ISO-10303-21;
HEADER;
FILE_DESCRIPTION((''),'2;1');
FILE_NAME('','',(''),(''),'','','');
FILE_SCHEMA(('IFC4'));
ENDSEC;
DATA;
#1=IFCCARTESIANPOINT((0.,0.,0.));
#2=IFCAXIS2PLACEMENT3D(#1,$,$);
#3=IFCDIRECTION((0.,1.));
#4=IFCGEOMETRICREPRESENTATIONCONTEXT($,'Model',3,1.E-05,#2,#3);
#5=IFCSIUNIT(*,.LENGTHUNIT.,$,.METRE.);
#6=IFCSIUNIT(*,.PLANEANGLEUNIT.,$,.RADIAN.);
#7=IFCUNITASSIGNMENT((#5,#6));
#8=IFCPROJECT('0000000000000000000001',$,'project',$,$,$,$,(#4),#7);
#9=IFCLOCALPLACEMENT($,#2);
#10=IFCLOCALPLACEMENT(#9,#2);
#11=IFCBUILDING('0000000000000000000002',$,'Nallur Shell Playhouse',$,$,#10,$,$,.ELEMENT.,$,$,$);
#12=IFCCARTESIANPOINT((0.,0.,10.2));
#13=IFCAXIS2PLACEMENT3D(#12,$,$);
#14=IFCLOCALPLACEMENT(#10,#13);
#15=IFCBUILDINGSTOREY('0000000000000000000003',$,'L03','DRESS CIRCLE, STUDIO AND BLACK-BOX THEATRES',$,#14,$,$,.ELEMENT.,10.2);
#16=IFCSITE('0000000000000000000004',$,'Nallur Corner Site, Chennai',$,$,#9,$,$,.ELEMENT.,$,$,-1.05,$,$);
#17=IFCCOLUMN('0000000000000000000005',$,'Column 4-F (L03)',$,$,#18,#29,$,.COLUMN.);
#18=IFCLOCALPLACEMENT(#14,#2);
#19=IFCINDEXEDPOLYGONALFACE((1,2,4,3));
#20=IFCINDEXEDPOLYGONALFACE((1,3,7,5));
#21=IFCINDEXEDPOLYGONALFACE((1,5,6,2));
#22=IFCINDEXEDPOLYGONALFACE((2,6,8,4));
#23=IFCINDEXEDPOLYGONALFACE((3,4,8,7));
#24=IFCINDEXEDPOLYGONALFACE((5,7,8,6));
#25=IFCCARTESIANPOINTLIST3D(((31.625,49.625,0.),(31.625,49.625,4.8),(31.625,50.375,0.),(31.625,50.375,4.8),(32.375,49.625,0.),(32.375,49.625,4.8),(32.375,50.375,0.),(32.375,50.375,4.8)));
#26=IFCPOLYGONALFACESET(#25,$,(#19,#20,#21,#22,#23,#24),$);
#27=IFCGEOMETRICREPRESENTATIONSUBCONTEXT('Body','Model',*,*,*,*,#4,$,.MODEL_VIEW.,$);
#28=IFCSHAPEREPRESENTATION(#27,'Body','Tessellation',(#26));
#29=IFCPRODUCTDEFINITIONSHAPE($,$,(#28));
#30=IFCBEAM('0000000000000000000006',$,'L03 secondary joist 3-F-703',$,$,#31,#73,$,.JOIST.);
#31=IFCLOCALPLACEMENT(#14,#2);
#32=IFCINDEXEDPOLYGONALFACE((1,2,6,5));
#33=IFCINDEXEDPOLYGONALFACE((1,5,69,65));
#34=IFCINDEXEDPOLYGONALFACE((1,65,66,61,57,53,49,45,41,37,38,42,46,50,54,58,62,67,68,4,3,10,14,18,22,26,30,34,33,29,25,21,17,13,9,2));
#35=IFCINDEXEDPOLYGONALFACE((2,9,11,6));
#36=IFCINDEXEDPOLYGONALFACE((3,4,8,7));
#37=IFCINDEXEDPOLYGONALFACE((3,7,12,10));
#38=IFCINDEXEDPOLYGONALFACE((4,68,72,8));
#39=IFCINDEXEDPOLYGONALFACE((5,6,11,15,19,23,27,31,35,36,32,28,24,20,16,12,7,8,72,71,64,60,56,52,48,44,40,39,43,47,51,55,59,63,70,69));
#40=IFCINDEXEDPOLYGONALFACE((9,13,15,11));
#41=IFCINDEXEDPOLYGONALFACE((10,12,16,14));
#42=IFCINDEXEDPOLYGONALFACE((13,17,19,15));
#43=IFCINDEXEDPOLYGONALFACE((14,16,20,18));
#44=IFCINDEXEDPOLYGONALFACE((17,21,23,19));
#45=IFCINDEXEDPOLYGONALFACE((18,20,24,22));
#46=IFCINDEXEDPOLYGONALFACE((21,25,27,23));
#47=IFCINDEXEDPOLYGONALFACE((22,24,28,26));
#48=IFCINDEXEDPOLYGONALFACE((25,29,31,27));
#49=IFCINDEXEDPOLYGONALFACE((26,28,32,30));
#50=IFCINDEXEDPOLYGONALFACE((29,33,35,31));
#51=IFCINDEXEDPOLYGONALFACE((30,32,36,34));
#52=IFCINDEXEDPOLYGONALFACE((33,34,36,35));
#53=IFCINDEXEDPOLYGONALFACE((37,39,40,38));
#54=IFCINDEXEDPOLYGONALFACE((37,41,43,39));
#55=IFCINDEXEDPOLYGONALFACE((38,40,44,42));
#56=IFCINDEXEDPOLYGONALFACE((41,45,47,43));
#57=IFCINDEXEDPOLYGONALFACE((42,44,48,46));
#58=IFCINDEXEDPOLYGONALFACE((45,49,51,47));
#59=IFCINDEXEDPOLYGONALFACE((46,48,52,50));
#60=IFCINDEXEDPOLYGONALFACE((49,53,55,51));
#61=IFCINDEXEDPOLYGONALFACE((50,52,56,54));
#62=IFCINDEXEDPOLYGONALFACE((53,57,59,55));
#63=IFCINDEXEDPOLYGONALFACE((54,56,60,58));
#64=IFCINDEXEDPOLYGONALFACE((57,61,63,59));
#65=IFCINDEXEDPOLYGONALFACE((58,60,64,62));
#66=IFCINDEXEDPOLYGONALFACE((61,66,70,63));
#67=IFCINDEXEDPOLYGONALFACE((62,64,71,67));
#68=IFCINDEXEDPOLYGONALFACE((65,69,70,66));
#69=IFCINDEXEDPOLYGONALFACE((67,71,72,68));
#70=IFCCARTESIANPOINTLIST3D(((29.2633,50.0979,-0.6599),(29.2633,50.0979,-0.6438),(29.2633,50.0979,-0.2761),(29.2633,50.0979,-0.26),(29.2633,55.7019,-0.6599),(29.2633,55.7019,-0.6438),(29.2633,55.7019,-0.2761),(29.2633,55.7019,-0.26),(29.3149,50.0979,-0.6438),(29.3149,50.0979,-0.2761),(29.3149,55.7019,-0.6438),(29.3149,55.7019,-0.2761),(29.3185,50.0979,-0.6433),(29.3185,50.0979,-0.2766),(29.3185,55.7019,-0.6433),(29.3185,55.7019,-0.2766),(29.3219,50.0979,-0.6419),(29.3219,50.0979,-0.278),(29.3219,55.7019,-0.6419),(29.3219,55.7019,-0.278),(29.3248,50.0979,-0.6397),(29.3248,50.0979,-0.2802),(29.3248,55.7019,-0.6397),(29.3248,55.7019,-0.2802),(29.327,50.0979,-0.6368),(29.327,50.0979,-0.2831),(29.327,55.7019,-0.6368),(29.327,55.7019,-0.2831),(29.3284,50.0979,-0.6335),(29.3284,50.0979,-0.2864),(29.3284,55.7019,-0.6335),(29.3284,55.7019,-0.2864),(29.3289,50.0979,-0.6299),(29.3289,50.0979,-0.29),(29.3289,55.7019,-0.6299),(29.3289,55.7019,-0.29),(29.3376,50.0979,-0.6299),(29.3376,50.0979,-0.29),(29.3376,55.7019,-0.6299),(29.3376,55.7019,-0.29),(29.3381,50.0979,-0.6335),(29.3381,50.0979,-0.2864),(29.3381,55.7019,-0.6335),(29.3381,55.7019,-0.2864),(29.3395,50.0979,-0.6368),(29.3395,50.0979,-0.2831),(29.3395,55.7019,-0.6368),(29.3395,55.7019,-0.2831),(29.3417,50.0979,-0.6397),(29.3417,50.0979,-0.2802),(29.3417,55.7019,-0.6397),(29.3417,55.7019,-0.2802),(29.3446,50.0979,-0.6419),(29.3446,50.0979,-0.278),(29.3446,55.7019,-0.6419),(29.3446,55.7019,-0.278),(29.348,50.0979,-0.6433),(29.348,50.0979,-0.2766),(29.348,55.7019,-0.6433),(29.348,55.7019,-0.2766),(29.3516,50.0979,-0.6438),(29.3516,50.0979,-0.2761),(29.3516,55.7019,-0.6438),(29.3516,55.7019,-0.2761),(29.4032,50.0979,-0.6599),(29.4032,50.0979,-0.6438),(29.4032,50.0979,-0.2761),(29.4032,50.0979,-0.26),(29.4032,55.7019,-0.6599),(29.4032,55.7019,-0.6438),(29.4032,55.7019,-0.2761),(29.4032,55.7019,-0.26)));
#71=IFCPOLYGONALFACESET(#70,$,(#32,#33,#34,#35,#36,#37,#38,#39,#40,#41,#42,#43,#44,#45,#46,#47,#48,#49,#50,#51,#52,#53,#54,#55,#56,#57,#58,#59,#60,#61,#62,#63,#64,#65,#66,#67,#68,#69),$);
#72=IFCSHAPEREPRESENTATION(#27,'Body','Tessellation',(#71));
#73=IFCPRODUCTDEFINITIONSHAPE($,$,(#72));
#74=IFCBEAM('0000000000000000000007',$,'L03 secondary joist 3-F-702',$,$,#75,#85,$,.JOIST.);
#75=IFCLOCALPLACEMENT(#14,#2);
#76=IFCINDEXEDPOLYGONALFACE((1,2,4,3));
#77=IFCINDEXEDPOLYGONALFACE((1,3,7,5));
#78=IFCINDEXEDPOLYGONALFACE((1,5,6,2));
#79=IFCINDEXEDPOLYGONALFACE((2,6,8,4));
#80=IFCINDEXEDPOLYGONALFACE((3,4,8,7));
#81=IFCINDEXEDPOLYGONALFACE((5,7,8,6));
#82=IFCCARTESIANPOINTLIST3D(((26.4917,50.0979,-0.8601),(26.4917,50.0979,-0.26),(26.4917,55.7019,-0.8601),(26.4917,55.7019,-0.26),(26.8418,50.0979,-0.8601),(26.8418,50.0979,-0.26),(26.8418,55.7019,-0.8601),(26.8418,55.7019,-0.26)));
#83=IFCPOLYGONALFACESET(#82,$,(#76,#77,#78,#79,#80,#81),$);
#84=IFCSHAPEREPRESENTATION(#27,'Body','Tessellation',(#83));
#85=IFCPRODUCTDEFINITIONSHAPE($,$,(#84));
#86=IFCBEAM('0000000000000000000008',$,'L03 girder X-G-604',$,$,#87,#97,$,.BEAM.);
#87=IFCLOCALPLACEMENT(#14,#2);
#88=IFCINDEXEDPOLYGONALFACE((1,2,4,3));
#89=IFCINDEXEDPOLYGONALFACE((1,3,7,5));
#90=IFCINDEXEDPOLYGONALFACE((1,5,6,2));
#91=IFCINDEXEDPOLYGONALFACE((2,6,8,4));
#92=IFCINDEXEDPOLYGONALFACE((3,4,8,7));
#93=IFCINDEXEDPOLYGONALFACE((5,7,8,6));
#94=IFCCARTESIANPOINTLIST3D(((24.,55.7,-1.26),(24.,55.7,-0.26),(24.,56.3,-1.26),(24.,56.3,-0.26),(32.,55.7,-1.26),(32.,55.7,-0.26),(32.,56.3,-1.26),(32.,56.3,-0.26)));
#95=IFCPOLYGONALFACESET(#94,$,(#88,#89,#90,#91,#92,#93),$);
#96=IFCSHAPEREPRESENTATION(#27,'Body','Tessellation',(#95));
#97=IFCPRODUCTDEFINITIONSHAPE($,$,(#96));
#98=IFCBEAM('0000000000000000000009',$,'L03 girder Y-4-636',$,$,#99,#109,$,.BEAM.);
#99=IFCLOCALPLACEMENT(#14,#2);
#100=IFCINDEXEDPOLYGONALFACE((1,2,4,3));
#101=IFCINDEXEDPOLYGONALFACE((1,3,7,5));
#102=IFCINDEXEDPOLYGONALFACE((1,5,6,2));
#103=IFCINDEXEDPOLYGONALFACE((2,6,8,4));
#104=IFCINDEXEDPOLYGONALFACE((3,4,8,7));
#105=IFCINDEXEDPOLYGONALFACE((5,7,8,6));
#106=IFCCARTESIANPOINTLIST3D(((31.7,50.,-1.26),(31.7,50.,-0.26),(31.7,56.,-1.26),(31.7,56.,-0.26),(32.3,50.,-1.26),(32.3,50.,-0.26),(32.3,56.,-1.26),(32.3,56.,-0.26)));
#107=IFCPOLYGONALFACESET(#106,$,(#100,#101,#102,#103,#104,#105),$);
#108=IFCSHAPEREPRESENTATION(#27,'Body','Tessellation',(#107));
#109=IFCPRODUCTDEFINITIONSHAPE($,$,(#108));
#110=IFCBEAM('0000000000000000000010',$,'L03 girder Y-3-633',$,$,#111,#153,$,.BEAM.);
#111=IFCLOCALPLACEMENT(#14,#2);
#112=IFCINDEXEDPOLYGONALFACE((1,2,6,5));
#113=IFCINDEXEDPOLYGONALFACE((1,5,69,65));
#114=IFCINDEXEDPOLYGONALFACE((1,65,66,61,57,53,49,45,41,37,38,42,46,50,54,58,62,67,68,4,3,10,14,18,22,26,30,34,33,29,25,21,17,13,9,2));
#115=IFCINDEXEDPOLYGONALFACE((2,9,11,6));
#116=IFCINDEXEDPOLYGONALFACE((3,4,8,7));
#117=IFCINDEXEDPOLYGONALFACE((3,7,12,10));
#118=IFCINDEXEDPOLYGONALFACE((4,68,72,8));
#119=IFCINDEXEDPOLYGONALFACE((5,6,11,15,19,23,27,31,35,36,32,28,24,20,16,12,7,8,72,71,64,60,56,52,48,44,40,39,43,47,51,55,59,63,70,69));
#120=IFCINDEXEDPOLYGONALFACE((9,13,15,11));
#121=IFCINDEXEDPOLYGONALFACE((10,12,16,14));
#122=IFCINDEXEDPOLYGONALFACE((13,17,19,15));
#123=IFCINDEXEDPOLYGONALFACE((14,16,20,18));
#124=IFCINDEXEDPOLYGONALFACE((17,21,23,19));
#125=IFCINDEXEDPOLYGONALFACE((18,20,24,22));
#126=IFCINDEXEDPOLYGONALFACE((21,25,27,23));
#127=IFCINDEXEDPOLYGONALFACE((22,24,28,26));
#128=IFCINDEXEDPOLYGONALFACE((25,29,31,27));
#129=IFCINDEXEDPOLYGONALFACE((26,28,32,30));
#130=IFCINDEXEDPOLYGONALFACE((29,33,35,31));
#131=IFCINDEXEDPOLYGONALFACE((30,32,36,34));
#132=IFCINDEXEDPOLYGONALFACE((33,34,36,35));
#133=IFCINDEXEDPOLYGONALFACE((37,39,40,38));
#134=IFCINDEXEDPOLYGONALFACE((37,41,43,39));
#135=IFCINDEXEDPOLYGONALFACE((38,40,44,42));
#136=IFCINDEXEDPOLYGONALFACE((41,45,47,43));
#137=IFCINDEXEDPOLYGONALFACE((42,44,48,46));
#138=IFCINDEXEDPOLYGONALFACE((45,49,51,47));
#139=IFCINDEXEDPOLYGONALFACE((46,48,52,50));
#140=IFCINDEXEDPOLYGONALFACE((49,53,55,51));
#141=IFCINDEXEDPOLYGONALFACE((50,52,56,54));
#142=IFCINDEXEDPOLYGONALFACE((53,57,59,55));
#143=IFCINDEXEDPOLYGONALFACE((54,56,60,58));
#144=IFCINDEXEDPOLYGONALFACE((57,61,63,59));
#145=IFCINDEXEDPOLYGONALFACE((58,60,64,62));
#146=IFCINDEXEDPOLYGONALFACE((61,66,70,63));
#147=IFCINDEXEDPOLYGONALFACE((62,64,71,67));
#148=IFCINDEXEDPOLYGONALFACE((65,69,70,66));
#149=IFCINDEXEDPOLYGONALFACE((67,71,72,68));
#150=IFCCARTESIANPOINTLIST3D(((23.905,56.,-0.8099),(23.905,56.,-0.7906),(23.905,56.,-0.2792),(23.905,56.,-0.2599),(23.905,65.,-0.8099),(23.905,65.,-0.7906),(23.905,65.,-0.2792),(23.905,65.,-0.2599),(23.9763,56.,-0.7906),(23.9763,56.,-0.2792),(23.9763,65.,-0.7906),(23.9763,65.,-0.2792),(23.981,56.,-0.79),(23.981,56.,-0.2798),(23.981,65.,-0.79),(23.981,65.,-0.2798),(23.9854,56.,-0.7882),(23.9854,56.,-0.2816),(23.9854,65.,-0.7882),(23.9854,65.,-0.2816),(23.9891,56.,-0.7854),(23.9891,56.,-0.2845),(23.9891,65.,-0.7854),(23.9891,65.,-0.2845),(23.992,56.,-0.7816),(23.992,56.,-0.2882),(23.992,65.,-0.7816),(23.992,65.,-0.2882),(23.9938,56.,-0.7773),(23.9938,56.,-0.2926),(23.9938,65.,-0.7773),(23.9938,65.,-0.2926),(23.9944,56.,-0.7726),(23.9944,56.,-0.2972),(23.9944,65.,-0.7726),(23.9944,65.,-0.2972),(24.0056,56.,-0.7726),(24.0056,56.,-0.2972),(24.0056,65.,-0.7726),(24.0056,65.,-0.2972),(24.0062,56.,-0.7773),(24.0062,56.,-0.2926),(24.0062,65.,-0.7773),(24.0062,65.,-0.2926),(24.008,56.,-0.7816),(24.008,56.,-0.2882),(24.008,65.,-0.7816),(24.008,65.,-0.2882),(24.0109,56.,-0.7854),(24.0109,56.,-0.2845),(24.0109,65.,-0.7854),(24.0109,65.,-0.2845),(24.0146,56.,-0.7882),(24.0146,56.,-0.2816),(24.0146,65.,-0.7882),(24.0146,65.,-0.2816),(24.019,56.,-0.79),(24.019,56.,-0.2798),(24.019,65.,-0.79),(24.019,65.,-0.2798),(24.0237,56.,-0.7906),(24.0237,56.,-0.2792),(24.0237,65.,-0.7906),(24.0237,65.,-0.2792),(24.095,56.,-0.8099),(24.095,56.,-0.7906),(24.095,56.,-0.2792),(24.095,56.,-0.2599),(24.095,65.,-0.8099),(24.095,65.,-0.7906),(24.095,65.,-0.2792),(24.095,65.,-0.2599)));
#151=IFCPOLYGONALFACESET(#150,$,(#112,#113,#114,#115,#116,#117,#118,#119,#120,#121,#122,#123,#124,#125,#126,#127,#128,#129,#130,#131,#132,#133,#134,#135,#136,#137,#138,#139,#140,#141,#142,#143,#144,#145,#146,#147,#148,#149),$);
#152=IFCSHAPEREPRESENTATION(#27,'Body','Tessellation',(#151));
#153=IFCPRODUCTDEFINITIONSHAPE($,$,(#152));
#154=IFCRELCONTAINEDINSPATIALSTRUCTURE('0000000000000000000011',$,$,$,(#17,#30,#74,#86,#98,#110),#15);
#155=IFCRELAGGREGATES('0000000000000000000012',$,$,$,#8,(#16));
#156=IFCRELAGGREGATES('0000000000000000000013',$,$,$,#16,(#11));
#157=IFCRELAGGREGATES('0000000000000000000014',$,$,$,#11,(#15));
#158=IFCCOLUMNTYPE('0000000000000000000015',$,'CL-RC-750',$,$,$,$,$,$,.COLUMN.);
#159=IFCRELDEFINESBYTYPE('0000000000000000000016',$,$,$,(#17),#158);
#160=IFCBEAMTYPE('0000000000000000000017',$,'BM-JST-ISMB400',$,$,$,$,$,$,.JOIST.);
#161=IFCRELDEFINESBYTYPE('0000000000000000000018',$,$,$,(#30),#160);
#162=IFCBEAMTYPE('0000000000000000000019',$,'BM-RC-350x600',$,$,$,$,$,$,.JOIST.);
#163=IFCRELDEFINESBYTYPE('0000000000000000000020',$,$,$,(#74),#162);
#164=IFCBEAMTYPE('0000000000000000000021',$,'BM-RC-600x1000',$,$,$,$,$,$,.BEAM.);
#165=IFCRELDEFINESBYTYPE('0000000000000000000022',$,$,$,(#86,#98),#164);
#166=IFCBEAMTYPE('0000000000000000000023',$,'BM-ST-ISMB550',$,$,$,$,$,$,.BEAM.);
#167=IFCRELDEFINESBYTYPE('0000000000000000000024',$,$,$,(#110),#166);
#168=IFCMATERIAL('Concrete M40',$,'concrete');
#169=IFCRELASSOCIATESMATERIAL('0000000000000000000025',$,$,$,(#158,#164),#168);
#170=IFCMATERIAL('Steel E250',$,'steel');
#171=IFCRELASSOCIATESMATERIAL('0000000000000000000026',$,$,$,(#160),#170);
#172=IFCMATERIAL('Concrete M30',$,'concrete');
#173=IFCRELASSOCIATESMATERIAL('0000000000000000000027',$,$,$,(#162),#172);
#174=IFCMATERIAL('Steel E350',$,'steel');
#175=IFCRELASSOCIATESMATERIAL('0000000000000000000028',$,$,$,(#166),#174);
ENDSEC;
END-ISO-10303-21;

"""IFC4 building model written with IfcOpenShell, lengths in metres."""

from ifc_helpers import new_model, si_unit, direction, frame, origin, origin_2d, place, context, subcontext, project, spatial, rectangle, i_section, extrude, material, material_profile, profile_set, type_object, element, save


model = new_model("IFC4")

# Units and contexts
model_context = context("Model", 3, precision=1e-05, world=origin(), true_north=direction((0.0, 1.0)))
body_context = subcontext(model_context, "Body", "Model", "MODEL_VIEW")
ifc_project = project(units=[si_unit("LENGTHUNIT", "METRE"), si_unit("PLANEANGLEUNIT", "RADIAN")], contexts=[model_context])

# Site, building, storey
site_placement = place(None, origin())
site = spatial("IfcSite", under=ifc_project, at=site_placement, Name="Nallur Corner Site, Chennai", CompositionType="ELEMENT", RefElevation=-1.05)
building_placement = place(site_placement, origin())
building = spatial("IfcBuilding", under=site, at=building_placement, Name="Nallur Shell Playhouse", CompositionType="ELEMENT")
storey_placement = place(building_placement, frame((0.0, 0.0, 10.2)))
storey = spatial("IfcBuildingStorey", under=building, at=storey_placement, Name="L03", Description="DRESS CIRCLE, STUDIO AND BLACK-BOX THEATRES", CompositionType="ELEMENT", Elevation=10.2)

# Column
ifc_material_1 = material(Name="Concrete M40", Category="concrete")
ifc_material_profile_1 = material_profile(ifc_material_1, rectangle(XDim=0.75, YDim=0.75, at=origin_2d()), Name="RC 750x750")
ifc_profile_set_1 = profile_set([ifc_material_profile_1], Name="Concrete M40")
column_type = type_object("IfcColumnType", Name="CL-RC-750", PredefinedType="COLUMN", material=ifc_profile_set_1)
column_placement = place(storey_placement, frame((32.0, 50.0, 0.0), z_axis=(0.0, 0.0, 1.0), x_axis=(1.0, 0.0, 0.0)))
element("IfcColumn", 1, at=column_placement, inside=storey, type_object=column_type, Name="Column 4-F (L03)", PredefinedType="COLUMN", context=body_context, shape_type="SweptSolid", body=[
    extrude(rectangle(XDim=0.75, YDim=0.75, at=origin_2d()), origin(), (0.0, 0.0, 1.0), 4.8),
])

# Beams
ifc_material_2 = material(Name="Steel E250", Category="steel")
ifc_material_profile_2 = material_profile(ifc_material_2, i_section(OverallWidth=0.1399, OverallDepth=0.3999, WebThickness=0.0088, FlangeThickness=0.0161, FilletRadius=0.0139, at=origin_2d()), Name="ISMB 400")
ifc_profile_set_2 = profile_set([ifc_material_profile_2], Name="Steel E250")
beam_type_1 = type_object("IfcBeamType", Name="BM-JST-ISMB400", PredefinedType="JOIST", material=ifc_profile_set_2)
beam_1_placement = place(storey_placement, frame((29.3333, 50.0979, -0.46), z_axis=(0.0, 1.0, 0.0), x_axis=(-1.0, 0.0, 0.0)))
element("IfcBeam", 2, at=beam_1_placement, inside=storey, type_object=beam_type_1, Name="L03 secondary joist 3-F-703", PredefinedType="JOIST", context=body_context, shape_type="SweptSolid", body=[
    extrude(i_section(OverallWidth=0.1399, OverallDepth=0.3999, WebThickness=0.0088, FlangeThickness=0.0161, FilletRadius=0.0139, at=origin_2d()), origin(), (0.0, 0.0, 1.0), 5.604),
])
ifc_material_3 = material(Name="Concrete M30", Category="concrete")
ifc_material_profile_3 = material_profile(ifc_material_3, rectangle(XDim=0.3501, YDim=0.6001, at=origin_2d()), Name="RC 350x600")
ifc_profile_set_3 = profile_set([ifc_material_profile_3], Name="Concrete M30")
beam_type_2 = type_object("IfcBeamType", Name="BM-RC-350x600", PredefinedType="JOIST", material=ifc_profile_set_3)
beam_2_placement = place(storey_placement, frame((26.6667, 50.0979, -0.5601), z_axis=(0.0, 1.0, 0.0), x_axis=(-1.0, 0.0, 0.0)))
element("IfcBeam", 3, at=beam_2_placement, inside=storey, type_object=beam_type_2, Name="L03 secondary joist 3-F-702", PredefinedType="JOIST", context=body_context, shape_type="SweptSolid", body=[
    extrude(rectangle(XDim=0.3501, YDim=0.6001, at=origin_2d()), origin(), (0.0, 0.0, 1.0), 5.604),
])
ifc_material_profile_4 = material_profile(ifc_material_1, rectangle(XDim=0.6001, YDim=1.0, at=origin_2d()), Name="RC 600x1000")
ifc_profile_set_4 = profile_set([ifc_material_profile_4], Name="Concrete M40")
beam_type_3 = type_object("IfcBeamType", Name="BM-RC-600x1000", PredefinedType="BEAM", material=ifc_profile_set_4)
beam_3_placement = place(storey_placement, frame((24.0, 56.0, -0.76), z_axis=(1.0, 0.0, 0.0), x_axis=(0.0, 1.0, 0.0)))
element("IfcBeam", 4, at=beam_3_placement, inside=storey, type_object=beam_type_3, Name="L03 girder X-G-604", PredefinedType="BEAM", context=body_context, shape_type="SweptSolid", body=[
    extrude(rectangle(XDim=0.6001, YDim=1.0, at=origin_2d()), origin(), (0.0, 0.0, 1.0), 8.0),
])
beam_4_placement = place(storey_placement, frame((32.0, 50.0, -0.76), z_axis=(0.0, 1.0, 0.0), x_axis=(-1.0, 0.0, 0.0)))
element("IfcBeam", 5, at=beam_4_placement, inside=storey, type_object=beam_type_3, Name="L03 girder Y-4-636", PredefinedType="BEAM", context=body_context, shape_type="SweptSolid", body=[
    extrude(rectangle(XDim=0.6001, YDim=1.0, at=origin_2d()), origin(), (0.0, 0.0, 1.0), 6.0),
])
ifc_material_4 = material(Name="Steel E350", Category="steel")
ifc_material_profile_5 = material_profile(ifc_material_4, i_section(OverallWidth=0.1899, OverallDepth=0.55, WebThickness=0.0112, FlangeThickness=0.0193, FilletRadius=0.0181, at=origin_2d()), Name="ISMB 550")
ifc_profile_set_5 = profile_set([ifc_material_profile_5], Name="Steel E350")
beam_type_4 = type_object("IfcBeamType", Name="BM-ST-ISMB550", PredefinedType="BEAM", material=ifc_profile_set_5)
beam_5_placement = place(storey_placement, frame((24.0, 56.0, -0.5349), z_axis=(0.0, 1.0, 0.0), x_axis=(-1.0, 0.0, 0.0)))
element("IfcBeam", 6, at=beam_5_placement, inside=storey, type_object=beam_type_4, Name="L03 girder Y-3-633", PredefinedType="BEAM", context=body_context, shape_type="SweptSolid", body=[
    extrude(i_section(OverallWidth=0.1899, OverallDepth=0.55, WebThickness=0.0112, FlangeThickness=0.0193, FilletRadius=0.0181, at=origin_2d()), origin(), (0.0, 0.0, 1.0), 9.0),
])

save(model, "model.ifc")
